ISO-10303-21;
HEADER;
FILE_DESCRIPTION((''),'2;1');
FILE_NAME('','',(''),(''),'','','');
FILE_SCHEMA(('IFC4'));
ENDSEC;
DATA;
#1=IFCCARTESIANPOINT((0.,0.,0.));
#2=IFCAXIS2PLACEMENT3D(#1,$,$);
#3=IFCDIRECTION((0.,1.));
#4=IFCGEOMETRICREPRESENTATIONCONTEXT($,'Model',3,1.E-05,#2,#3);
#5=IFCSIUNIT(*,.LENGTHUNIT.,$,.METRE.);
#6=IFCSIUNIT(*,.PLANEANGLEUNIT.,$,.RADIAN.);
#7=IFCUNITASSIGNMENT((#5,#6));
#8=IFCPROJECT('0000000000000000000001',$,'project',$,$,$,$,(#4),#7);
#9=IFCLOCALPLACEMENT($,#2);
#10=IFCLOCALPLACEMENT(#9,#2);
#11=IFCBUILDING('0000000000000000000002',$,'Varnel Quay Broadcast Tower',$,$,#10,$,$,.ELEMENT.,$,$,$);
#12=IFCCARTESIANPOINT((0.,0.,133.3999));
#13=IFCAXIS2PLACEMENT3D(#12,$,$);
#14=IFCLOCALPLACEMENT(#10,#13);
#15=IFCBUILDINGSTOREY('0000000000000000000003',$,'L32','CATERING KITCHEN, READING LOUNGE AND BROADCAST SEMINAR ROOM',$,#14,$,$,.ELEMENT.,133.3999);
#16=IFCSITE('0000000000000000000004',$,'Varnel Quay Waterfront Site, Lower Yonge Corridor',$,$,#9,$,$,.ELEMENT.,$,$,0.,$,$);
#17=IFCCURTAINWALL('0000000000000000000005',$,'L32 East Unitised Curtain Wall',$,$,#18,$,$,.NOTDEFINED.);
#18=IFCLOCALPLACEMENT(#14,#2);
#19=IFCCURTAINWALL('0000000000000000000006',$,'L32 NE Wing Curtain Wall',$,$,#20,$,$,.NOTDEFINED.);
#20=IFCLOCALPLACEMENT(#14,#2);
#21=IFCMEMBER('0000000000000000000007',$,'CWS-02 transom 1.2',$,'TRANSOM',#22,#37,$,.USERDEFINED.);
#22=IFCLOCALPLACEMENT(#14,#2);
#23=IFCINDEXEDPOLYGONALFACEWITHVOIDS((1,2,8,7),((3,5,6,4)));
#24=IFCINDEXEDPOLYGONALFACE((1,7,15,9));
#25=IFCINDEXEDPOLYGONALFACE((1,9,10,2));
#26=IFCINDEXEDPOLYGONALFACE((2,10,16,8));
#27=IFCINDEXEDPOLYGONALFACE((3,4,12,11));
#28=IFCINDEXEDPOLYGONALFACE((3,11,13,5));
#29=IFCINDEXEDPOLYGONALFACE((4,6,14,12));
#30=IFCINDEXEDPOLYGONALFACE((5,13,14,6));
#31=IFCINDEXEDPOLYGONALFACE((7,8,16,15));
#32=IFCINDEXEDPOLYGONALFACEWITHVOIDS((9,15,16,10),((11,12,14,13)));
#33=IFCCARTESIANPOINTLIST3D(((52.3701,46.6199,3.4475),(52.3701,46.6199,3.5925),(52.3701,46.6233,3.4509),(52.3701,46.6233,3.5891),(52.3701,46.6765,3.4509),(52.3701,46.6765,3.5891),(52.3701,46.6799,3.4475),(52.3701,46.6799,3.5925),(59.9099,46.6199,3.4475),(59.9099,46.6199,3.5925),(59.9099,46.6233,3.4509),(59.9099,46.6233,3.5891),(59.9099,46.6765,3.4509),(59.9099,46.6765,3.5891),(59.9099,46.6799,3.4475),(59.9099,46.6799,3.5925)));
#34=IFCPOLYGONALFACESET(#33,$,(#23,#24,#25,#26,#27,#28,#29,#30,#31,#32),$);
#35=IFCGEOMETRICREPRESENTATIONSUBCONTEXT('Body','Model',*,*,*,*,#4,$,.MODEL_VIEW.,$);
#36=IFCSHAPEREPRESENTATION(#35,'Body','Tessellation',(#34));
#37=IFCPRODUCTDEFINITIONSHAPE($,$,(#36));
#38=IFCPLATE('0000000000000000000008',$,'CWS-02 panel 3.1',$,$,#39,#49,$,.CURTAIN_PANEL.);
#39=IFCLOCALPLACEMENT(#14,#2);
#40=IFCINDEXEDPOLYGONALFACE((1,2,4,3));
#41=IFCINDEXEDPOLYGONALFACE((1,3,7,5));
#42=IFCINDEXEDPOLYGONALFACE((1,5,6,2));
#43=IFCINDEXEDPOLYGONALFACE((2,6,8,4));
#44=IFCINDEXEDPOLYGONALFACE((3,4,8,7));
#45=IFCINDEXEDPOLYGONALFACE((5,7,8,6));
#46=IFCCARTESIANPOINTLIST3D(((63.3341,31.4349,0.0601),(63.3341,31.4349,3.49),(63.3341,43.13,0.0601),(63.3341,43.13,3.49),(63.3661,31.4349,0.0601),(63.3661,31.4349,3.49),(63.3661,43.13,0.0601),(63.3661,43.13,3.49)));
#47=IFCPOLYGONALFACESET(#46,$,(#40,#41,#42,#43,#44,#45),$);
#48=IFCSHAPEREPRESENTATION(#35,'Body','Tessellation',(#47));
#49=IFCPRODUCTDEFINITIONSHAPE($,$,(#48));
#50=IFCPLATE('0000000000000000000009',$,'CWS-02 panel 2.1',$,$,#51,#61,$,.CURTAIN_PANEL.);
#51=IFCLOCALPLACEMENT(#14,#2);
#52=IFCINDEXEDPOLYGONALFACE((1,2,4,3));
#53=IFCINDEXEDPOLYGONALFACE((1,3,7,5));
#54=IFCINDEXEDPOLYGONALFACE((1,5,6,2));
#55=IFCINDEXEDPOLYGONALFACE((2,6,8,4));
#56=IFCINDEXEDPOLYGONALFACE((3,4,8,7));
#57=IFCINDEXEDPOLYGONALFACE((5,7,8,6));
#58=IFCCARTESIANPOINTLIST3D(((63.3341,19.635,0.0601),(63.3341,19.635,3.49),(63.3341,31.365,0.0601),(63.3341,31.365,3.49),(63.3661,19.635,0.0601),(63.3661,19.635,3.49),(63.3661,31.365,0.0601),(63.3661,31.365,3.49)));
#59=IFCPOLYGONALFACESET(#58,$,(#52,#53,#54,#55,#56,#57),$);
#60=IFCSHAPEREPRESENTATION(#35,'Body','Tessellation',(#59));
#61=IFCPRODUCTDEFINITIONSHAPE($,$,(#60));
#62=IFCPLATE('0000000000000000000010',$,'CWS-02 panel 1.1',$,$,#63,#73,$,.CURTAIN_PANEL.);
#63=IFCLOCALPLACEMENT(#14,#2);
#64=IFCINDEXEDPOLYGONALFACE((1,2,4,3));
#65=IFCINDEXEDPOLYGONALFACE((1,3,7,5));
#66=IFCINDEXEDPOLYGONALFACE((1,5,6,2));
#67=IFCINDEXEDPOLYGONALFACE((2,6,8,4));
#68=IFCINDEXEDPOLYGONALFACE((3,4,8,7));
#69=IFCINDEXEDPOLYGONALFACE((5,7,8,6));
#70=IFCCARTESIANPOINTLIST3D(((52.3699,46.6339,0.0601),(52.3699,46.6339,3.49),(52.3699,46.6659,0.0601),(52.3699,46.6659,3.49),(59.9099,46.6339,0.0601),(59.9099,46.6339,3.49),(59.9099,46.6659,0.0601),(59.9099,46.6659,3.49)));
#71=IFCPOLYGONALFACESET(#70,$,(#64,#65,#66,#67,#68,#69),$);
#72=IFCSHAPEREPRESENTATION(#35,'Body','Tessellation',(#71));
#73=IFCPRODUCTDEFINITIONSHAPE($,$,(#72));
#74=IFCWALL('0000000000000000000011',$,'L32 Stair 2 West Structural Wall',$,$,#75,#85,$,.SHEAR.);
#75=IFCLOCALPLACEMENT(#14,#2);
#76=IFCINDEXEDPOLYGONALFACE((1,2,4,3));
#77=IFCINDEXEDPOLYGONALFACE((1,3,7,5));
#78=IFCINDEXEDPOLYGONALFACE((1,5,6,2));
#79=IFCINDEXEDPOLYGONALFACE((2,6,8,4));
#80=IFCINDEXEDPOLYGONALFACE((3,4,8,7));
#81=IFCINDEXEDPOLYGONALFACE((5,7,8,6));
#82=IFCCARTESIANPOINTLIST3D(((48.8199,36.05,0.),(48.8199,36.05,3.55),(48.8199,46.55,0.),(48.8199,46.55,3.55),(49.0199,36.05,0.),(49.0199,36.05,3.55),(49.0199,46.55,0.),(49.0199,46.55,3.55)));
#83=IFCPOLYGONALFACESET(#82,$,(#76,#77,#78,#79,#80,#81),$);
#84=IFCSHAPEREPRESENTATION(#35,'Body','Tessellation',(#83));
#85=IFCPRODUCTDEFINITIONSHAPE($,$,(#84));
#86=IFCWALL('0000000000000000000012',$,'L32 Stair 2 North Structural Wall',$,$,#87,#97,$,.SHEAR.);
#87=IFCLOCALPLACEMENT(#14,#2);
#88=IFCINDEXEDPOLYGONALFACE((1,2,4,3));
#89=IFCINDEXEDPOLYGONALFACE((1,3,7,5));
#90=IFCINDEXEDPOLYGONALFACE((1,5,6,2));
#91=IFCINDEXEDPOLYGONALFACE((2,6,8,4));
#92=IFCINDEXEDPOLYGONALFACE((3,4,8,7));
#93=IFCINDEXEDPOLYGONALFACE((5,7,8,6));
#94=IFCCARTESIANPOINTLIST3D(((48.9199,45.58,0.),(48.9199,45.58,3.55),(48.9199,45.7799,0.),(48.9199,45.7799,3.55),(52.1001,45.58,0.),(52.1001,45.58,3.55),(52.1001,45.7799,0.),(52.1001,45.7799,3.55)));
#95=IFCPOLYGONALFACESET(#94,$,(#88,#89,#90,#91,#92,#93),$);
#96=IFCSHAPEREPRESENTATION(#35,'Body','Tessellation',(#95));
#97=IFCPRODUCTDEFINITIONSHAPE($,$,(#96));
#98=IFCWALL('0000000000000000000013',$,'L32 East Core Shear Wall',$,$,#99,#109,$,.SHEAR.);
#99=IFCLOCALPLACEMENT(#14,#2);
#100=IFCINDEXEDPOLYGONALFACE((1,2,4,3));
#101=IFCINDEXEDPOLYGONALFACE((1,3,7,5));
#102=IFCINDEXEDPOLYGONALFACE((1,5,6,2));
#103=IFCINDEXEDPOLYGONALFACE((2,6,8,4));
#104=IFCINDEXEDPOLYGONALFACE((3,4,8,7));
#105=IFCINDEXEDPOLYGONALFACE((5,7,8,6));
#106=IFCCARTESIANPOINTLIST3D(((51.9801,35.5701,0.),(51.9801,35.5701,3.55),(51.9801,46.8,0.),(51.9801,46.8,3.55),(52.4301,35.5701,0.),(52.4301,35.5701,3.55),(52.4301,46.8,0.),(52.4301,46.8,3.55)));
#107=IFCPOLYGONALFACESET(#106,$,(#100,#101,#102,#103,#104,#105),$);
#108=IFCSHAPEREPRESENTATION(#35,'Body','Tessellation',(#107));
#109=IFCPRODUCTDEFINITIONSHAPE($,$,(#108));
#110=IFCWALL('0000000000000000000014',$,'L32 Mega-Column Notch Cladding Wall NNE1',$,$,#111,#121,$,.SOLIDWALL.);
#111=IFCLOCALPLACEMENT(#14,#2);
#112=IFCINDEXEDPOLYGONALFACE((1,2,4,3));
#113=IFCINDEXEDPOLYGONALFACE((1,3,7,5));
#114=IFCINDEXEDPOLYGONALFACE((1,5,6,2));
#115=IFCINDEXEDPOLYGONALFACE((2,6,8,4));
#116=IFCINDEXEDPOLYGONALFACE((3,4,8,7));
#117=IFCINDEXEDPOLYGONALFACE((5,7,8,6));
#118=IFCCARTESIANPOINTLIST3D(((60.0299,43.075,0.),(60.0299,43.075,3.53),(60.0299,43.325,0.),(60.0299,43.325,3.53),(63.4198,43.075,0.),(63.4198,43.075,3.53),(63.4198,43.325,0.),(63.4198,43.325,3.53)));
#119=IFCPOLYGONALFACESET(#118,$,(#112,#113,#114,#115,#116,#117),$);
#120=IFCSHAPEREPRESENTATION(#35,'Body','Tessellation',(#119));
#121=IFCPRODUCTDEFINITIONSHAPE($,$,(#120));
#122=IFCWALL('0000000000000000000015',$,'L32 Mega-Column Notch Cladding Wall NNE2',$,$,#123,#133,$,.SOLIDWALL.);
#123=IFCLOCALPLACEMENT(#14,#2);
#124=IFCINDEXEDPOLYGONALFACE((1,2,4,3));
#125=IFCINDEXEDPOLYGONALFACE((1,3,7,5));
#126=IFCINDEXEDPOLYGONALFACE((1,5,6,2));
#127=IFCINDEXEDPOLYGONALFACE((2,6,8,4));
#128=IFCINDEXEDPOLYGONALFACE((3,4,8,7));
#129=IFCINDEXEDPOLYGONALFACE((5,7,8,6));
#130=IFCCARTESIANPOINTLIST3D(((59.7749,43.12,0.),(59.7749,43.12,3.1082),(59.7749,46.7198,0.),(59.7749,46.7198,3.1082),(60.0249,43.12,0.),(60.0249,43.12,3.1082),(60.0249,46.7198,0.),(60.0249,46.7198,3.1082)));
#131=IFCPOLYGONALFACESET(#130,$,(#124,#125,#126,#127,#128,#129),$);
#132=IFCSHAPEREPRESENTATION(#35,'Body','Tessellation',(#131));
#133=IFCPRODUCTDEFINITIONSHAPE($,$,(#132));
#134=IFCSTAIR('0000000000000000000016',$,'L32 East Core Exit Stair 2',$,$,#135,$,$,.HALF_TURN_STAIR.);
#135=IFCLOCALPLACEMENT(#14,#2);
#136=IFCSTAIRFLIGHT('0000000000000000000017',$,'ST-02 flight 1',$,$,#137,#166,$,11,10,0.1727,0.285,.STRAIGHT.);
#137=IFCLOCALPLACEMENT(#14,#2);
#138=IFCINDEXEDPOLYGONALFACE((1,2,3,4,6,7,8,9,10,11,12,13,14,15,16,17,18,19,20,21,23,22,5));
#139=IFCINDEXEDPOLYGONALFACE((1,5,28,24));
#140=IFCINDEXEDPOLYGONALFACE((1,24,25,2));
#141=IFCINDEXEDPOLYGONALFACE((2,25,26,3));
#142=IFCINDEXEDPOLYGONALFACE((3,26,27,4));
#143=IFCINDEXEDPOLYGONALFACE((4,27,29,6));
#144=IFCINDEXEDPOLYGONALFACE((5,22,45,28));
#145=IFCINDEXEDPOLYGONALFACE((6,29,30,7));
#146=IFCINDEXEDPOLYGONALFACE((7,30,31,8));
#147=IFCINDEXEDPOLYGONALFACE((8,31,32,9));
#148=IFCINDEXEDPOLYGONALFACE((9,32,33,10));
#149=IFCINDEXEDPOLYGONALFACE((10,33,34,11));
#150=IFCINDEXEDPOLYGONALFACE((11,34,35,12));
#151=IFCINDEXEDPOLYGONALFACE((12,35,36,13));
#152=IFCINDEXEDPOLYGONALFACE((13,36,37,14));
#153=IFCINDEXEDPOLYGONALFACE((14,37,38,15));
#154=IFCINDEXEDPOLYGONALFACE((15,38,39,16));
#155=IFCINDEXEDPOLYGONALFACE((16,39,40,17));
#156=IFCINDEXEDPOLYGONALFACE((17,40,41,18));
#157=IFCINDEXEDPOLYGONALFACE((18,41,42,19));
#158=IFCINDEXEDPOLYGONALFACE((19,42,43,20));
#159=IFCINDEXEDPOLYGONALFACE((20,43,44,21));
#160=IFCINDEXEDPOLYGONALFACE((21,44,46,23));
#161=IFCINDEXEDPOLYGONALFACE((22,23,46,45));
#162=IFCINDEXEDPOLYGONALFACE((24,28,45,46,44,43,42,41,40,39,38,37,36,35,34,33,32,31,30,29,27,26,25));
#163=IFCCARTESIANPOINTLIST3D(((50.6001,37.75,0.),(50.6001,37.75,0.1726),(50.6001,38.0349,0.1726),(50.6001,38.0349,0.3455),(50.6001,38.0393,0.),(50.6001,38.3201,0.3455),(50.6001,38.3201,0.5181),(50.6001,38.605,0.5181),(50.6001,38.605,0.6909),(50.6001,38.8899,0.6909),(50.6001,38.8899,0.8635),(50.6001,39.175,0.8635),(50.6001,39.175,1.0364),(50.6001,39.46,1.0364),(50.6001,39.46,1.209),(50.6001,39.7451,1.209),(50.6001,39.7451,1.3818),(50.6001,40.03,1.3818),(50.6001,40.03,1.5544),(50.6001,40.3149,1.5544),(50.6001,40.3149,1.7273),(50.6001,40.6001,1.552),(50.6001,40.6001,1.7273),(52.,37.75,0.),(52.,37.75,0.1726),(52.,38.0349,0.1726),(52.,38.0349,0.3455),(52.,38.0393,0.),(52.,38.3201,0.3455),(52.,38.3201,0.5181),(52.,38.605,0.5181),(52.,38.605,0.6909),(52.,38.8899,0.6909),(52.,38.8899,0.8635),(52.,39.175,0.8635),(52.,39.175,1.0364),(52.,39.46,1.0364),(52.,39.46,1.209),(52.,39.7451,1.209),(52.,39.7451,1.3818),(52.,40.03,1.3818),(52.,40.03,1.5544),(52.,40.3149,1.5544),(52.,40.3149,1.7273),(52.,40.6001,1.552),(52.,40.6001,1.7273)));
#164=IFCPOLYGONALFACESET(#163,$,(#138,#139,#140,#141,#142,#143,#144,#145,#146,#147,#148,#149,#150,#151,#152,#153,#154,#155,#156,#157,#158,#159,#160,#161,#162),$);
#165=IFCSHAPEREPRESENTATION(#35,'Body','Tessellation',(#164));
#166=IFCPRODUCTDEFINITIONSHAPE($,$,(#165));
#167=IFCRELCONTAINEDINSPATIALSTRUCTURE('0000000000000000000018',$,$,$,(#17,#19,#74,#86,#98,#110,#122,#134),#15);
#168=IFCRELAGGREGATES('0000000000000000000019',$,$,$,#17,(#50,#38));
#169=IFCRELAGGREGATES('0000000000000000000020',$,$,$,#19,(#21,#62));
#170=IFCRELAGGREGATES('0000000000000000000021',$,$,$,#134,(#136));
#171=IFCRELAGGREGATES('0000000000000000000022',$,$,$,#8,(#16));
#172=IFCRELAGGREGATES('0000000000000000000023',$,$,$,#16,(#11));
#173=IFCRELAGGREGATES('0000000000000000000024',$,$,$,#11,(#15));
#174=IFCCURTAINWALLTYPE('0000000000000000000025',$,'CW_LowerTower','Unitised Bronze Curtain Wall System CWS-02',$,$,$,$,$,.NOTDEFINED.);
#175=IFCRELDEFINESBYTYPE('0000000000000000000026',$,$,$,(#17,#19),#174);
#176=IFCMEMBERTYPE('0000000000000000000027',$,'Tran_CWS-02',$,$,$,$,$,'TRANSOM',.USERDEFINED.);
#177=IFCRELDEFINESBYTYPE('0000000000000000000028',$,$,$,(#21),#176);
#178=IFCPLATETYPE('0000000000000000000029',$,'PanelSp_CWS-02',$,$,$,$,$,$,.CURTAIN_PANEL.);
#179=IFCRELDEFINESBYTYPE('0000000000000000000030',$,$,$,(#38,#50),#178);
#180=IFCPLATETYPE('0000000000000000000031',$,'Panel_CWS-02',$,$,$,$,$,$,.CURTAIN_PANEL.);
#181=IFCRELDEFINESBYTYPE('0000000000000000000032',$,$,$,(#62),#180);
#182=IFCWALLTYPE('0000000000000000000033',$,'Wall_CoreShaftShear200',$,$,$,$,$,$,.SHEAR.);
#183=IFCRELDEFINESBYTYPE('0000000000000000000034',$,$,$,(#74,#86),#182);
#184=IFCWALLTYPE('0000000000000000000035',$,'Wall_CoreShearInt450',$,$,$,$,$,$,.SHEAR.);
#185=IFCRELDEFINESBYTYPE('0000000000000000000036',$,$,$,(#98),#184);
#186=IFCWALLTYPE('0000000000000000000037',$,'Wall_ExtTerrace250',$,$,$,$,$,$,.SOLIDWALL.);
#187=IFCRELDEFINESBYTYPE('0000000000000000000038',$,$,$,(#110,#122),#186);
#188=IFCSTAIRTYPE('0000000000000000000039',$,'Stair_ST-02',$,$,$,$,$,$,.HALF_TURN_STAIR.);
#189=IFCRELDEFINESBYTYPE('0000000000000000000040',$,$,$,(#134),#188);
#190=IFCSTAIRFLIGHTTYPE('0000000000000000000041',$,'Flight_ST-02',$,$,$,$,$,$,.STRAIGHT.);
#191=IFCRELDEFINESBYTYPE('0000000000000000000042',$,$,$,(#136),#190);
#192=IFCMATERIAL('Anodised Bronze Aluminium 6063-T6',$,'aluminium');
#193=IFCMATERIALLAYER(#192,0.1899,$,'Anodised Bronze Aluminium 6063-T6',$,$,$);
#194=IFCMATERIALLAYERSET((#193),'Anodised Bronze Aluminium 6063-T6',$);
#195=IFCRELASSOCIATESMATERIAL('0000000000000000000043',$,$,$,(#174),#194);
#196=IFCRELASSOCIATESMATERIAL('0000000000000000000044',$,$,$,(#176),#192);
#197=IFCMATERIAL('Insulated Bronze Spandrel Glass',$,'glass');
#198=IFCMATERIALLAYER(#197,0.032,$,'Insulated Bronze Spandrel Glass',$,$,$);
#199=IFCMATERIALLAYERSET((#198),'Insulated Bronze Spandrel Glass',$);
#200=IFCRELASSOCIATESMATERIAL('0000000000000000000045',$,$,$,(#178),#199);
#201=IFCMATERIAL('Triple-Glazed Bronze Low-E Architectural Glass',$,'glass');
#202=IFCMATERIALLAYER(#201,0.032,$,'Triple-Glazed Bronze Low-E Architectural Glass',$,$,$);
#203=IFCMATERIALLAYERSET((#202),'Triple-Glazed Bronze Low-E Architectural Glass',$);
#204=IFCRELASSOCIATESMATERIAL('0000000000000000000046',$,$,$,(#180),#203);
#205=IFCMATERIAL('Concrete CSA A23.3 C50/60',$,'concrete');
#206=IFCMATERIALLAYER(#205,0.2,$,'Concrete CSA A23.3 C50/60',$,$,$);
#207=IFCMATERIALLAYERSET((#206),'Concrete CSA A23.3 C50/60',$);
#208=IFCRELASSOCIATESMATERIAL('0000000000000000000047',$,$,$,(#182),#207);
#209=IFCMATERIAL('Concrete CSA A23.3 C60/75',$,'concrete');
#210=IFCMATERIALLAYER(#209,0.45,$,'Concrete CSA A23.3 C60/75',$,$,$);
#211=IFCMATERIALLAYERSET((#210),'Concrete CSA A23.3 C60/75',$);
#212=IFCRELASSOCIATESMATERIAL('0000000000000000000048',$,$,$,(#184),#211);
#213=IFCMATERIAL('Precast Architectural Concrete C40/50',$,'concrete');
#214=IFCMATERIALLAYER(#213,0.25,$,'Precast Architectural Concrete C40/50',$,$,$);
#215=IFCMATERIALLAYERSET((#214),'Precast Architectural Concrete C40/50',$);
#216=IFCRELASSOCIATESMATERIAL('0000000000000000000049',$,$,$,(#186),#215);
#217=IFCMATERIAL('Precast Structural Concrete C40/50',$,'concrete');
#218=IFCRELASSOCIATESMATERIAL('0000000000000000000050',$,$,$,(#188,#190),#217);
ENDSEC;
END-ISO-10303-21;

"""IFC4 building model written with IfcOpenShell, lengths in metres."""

from ifc_helpers import new_model, si_unit, direction, frame, frame_2d, origin, origin_2d, place, context, subcontext, project, spatial, polyline, rectangle, hollow_rectangle, outline, extrude, source, transform, mapped, material, layer, layer_set, material_profile, profile_set, type_object, type_shapes, element, aggregate, save


model = new_model("IFC4")

# Units and contexts
model_context = context("Model", 3, precision=1e-05, world=origin(), true_north=direction((0.0, 1.0)))
body_context = subcontext(model_context, "Body", "Model", "MODEL_VIEW")
ifc_project = project(units=[si_unit("LENGTHUNIT", "METRE"), si_unit("PLANEANGLEUNIT", "RADIAN")], contexts=[model_context])

# Site, building, storey
site_placement = place(None, origin())
site = spatial("IfcSite", under=ifc_project, at=site_placement, Name="Varnel Quay Waterfront Site, Lower Yonge Corridor", CompositionType="ELEMENT", RefElevation=0.0)
building_placement = place(site_placement, origin())
building = spatial("IfcBuilding", under=site, at=building_placement, Name="Varnel Quay Broadcast Tower", CompositionType="ELEMENT")
storey_placement = place(building_placement, frame((0.0, 0.0, 133.3999)))
storey = spatial("IfcBuildingStorey", under=building, at=storey_placement, Name="L32", Description="CATERING KITCHEN, READING LOUNGE AND BROADCAST SEMINAR ROOM", CompositionType="ELEMENT", Elevation=133.3999)

# Curtain walls
ifc_material_1 = material(Name="Anodised Bronze Aluminium 6063-T6", Category="aluminium")
ifc_layer_1 = layer(ifc_material_1, 0.1899, Name="Anodised Bronze Aluminium 6063-T6")
ifc_layer_set_1 = layer_set([ifc_layer_1], Name="Anodised Bronze Aluminium 6063-T6")
curtain_wall_type = type_object("IfcCurtainWallType", Name="CW_LowerTower", Description="Unitised Bronze Curtain Wall System CWS-02", PredefinedType="NOTDEFINED", material=ifc_layer_set_1)
curtain_wall_1_placement = place(storey_placement, origin())
curtain_wall_1 = element("IfcCurtainWall", 1, at=curtain_wall_1_placement, inside=storey, type_object=curtain_wall_type, Name="L32 East Unitised Curtain Wall", PredefinedType="NOTDEFINED")
curtain_wall_2_placement = place(storey_placement, origin())
curtain_wall_2 = element("IfcCurtainWall", 2, at=curtain_wall_2_placement, inside=storey, type_object=curtain_wall_type, Name="L32 NE Wing Curtain Wall", PredefinedType="NOTDEFINED")

# Member
ifc_material_profile_1 = material_profile(ifc_material_1, hollow_rectangle(XDim=0.0601, YDim=0.145, WallThickness=0.0034, at=origin_2d()), Name="ALU60X145X3.5")
ifc_profile_set_1 = profile_set([ifc_material_profile_1], Name="Anodised Bronze Aluminium 6063-T6")
member_type_1 = type_object("IfcMemberType", Name="Tran_CWS-02", ElementType="TRANSOM", PredefinedType="USERDEFINED", material=ifc_profile_set_1)
shared_shape_1 = source(origin(), body_context, "Body", "SweptSolid", [
    extrude(hollow_rectangle(XDim=0.0601, YDim=0.145, WallThickness=0.0034, at=origin_2d()), origin(), (0.0, 0.0, 1.0), 7.5398),
])
member_1_placement = place(storey_placement, frame((52.3701, 46.6499, 3.52), z_axis=(1.0, 0.0, 0.0), x_axis=(0.0, 1.0, 0.0)))
member_1 = element("IfcMember", 3, at=member_1_placement, type_object=member_type_1, Name="CWS-02 transom 1.2", ObjectType="TRANSOM", PredefinedType="USERDEFINED", context=body_context, shape_type="MappedRepresentation", body=[
    mapped(shared_shape_1, transform((0.0, 0.0, 0.0), x_axis=(1.0, 0.0, 0.0), y_axis=(0.0, 1.0, 0.0), z_axis=(0.0, 0.0, 1.0), scale=1.0)),
])

# Plates
ifc_material_2 = material(Name="Insulated Bronze Spandrel Glass", Category="glass")
ifc_layer_2 = layer(ifc_material_2, 0.032, Name="Insulated Bronze Spandrel Glass")
ifc_layer_set_2 = layer_set([ifc_layer_2], Name="Insulated Bronze Spandrel Glass")
plate_type_1 = type_object("IfcPlateType", Name="PanelSp_CWS-02", PredefinedType="CURTAIN_PANEL", material=ifc_layer_set_2)
shared_shape_2 = source(origin(), body_context, "Body", "SweptSolid", [
    extrude(rectangle(XDim=11.6951, YDim=0.032, at=origin_2d()), origin(), (0.0, 0.0, 1.0), 3.4299),
])
plate_1_placement = place(storey_placement, frame((63.3501, 37.2825, 0.0601), z_axis=(0.0, 0.0, 1.0), x_axis=(0.0, 1.0, 0.0)))
plate_1 = element("IfcPlate", 4, at=plate_1_placement, type_object=plate_type_1, Name="CWS-02 panel 3.1", PredefinedType="CURTAIN_PANEL", context=body_context, shape_type="MappedRepresentation", body=[
    mapped(shared_shape_2, transform((0.0, 0.0, 0.0), x_axis=(1.0, 0.0, 0.0), y_axis=(0.0, 1.0, 0.0), z_axis=(0.0, 0.0, 1.0), scale=1.0)),
])
shared_shape_3 = source(origin(), body_context, "Body", "SweptSolid", [
    extrude(rectangle(XDim=11.73, YDim=0.032, at=origin_2d()), origin(), (0.0, 0.0, 1.0), 3.4299),
])
type_shapes(plate_type_1, [shared_shape_2, shared_shape_3])
plate_2_placement = place(storey_placement, frame((63.3501, 25.5, 0.0601), z_axis=(0.0, 0.0, 1.0), x_axis=(0.0, 1.0, 0.0)))
plate_2 = element("IfcPlate", 5, at=plate_2_placement, type_object=plate_type_1, Name="CWS-02 panel 2.1", PredefinedType="CURTAIN_PANEL", context=body_context, shape_type="MappedRepresentation", body=[
    mapped(shared_shape_3, transform((0.0, 0.0, 0.0), x_axis=(1.0, 0.0, 0.0), y_axis=(0.0, 1.0, 0.0), z_axis=(0.0, 0.0, 1.0), scale=1.0)),
])
aggregate(curtain_wall_1, [plate_2, plate_1])
ifc_material_3 = material(Name="Triple-Glazed Bronze Low-E Architectural Glass", Category="glass")
ifc_layer_3 = layer(ifc_material_3, 0.032, Name="Triple-Glazed Bronze Low-E Architectural Glass")
ifc_layer_set_3 = layer_set([ifc_layer_3], Name="Triple-Glazed Bronze Low-E Architectural Glass")
plate_type_2 = type_object("IfcPlateType", Name="Panel_CWS-02", PredefinedType="CURTAIN_PANEL", material=ifc_layer_set_3)
shared_shape_4 = source(origin(), body_context, "Body", "SweptSolid", [
    extrude(rectangle(XDim=7.54, YDim=0.032, at=origin_2d()), origin(), (0.0, 0.0, 1.0), 3.4299),
])
type_shapes(plate_type_2, [shared_shape_4])
plate_3_placement = place(storey_placement, frame((56.1399, 46.6499, 0.0601), z_axis=(0.0, 0.0, 1.0), x_axis=(1.0, 0.0, 0.0)))
plate_3 = element("IfcPlate", 6, at=plate_3_placement, type_object=plate_type_2, Name="CWS-02 panel 1.1", PredefinedType="CURTAIN_PANEL", context=body_context, shape_type="MappedRepresentation", body=[
    mapped(shared_shape_4, transform((0.0, 0.0, 0.0), x_axis=(1.0, 0.0, 0.0), y_axis=(0.0, 1.0, 0.0), z_axis=(0.0, 0.0, 1.0), scale=1.0)),
])
aggregate(curtain_wall_2, [member_1, plate_3])

# Walls
ifc_material_4 = material(Name="Concrete CSA A23.3 C50/60", Category="concrete")
ifc_layer_4 = layer(ifc_material_4, 0.2, Name="Concrete CSA A23.3 C50/60")
ifc_layer_set_4 = layer_set([ifc_layer_4], Name="Concrete CSA A23.3 C50/60")
wall_type_1 = type_object("IfcWallType", Name="Wall_CoreShaftShear200", PredefinedType="SHEAR", material=ifc_layer_set_4)
wall_1_placement = place(storey_placement, frame((48.9199, 36.05, 0.0), z_axis=(0.0, 0.0, 1.0), x_axis=(0.0, 1.0, 0.0)))
element("IfcWall", 7, at=wall_1_placement, inside=storey, type_object=wall_type_1, Name="L32 Stair 2 West Structural Wall", PredefinedType="SHEAR", context=body_context, shape_type="SweptSolid", body=[
    extrude(rectangle(XDim=10.5, YDim=0.2, at=frame_2d((5.25, 0.0))), origin(), (0.0, 0.0, 1.0), 3.55),
])
wall_2_placement = place(storey_placement, frame((48.9199, 45.6799, 0.0), z_axis=(0.0, 0.0, 1.0), x_axis=(1.0, 0.0, 0.0)))
element("IfcWall", 8, at=wall_2_placement, inside=storey, type_object=wall_type_1, Name="L32 Stair 2 North Structural Wall", PredefinedType="SHEAR", context=body_context, shape_type="SweptSolid", body=[
    extrude(rectangle(XDim=3.1802, YDim=0.2, at=frame_2d((1.5901, 0.0))), origin(), (0.0, 0.0, 1.0), 3.55),
])
ifc_material_5 = material(Name="Concrete CSA A23.3 C60/75", Category="concrete")
ifc_layer_5 = layer(ifc_material_5, 0.45, Name="Concrete CSA A23.3 C60/75")
ifc_layer_set_5 = layer_set([ifc_layer_5], Name="Concrete CSA A23.3 C60/75")
wall_type_2 = type_object("IfcWallType", Name="Wall_CoreShearInt450", PredefinedType="SHEAR", material=ifc_layer_set_5)
wall_3_placement = place(storey_placement, frame((52.2051, 35.5701, 0.0), z_axis=(0.0, 0.0, 1.0), x_axis=(0.0, 1.0, 0.0)))
element("IfcWall", 9, at=wall_3_placement, inside=storey, type_object=wall_type_2, Name="L32 East Core Shear Wall", PredefinedType="SHEAR", context=body_context, shape_type="SweptSolid", body=[
    extrude(rectangle(XDim=11.23, YDim=0.45, at=frame_2d((5.615, 0.0))), origin(), (0.0, 0.0, 1.0), 3.55),
])
ifc_material_6 = material(Name="Precast Architectural Concrete C40/50", Category="concrete")
ifc_layer_6 = layer(ifc_material_6, 0.25, Name="Precast Architectural Concrete C40/50")
ifc_layer_set_6 = layer_set([ifc_layer_6], Name="Precast Architectural Concrete C40/50")
wall_type_3 = type_object("IfcWallType", Name="Wall_ExtTerrace250", PredefinedType="SOLIDWALL", material=ifc_layer_set_6)
wall_4_placement = place(storey_placement, frame((60.03, 43.2, 0.0), z_axis=(0.0, 0.0, 1.0), x_axis=(1.0, 0.0, 0.0)))
element("IfcWall", 10, at=wall_4_placement, inside=storey, type_object=wall_type_3, Name="L32 Mega-Column Notch Cladding Wall NNE1", PredefinedType="SOLIDWALL", context=body_context, shape_type="SweptSolid", body=[
    extrude(rectangle(XDim=3.3899, YDim=0.25, at=frame_2d((1.6948, 0.0))), origin(), (0.0, 0.0, 1.0), 3.53),
])
wall_5_placement = place(storey_placement, frame((59.8999, 43.1201, 0.0), z_axis=(0.0, 0.0, 1.0), x_axis=(0.0, 1.0, 0.0)))
element("IfcWall", 11, at=wall_5_placement, inside=storey, type_object=wall_type_3, Name="L32 Mega-Column Notch Cladding Wall NNE2", PredefinedType="SOLIDWALL", context=body_context, shape_type="SweptSolid", body=[
    extrude(rectangle(XDim=3.5999, YDim=0.25, at=frame_2d((1.7998, 0.0))), origin(), (0.0, 0.0, 1.0), 3.1082),
])

# Stair, stair flight
ifc_material_7 = material(Name="Precast Structural Concrete C40/50", Category="concrete")
stair_type = type_object("IfcStairType", Name="Stair_ST-02", PredefinedType="HALF_TURN_STAIR", material=ifc_material_7)
stair_placement = place(storey_placement, origin())
stair = element("IfcStair", 12, at=stair_placement, inside=storey, type_object=stair_type, Name="L32 East Core Exit Stair 2", PredefinedType="HALF_TURN_STAIR")
stair_flight_type = type_object("IfcStairFlightType", Name="Flight_ST-02", PredefinedType="STRAIGHT", material=ifc_material_7)
stair_flight_1_placement = place(storey_placement, frame((51.3, 37.75, 0.0), z_axis=(0.0, 0.0, 1.0), x_axis=(0.0, 1.0, 0.0)))
stair_flight_1 = element("IfcStairFlight", 13, at=stair_flight_1_placement, type_object=stair_flight_type, Name="ST-02 flight 1", NumberOfRisers=11, NumberOfTreads=10, PredefinedType="STRAIGHT", RiserHeight=0.1727, TreadLength=0.285, context=body_context, shape_type="SweptSolid", body=[
    extrude(outline(polyline([(0.0, 0.0), (0.0, 0.1726), (0.2849, 0.1726), (0.2849, 0.3455), (0.5701, 0.3455), (0.5701, 0.5181), (0.855, 0.5181), (0.855, 0.6909), (1.1399, 0.6909), (1.1399, 0.8635), (1.425, 0.8635), (1.425, 1.0364), (1.71, 1.0364), (1.71, 1.209), (1.9951, 1.209), (1.9951, 1.3818), (2.28, 1.3818), (2.28, 1.5544), (2.5649, 1.5544), (2.5649, 1.7273), (2.8501, 1.7273), (2.8501, 1.8999), (2.8501, 1.552), (0.2893, 0.0), (0.0, 0.0)])), frame((0.0, 0.7, 0.0), z_axis=(0.0, -1.0, 0.0), x_axis=(1.0, 0.0, 0.0)), (0.0, 0.0, 1.0), 1.3999),
])
aggregate(stair, [stair_flight_1])

save(model, "model.ifc")
